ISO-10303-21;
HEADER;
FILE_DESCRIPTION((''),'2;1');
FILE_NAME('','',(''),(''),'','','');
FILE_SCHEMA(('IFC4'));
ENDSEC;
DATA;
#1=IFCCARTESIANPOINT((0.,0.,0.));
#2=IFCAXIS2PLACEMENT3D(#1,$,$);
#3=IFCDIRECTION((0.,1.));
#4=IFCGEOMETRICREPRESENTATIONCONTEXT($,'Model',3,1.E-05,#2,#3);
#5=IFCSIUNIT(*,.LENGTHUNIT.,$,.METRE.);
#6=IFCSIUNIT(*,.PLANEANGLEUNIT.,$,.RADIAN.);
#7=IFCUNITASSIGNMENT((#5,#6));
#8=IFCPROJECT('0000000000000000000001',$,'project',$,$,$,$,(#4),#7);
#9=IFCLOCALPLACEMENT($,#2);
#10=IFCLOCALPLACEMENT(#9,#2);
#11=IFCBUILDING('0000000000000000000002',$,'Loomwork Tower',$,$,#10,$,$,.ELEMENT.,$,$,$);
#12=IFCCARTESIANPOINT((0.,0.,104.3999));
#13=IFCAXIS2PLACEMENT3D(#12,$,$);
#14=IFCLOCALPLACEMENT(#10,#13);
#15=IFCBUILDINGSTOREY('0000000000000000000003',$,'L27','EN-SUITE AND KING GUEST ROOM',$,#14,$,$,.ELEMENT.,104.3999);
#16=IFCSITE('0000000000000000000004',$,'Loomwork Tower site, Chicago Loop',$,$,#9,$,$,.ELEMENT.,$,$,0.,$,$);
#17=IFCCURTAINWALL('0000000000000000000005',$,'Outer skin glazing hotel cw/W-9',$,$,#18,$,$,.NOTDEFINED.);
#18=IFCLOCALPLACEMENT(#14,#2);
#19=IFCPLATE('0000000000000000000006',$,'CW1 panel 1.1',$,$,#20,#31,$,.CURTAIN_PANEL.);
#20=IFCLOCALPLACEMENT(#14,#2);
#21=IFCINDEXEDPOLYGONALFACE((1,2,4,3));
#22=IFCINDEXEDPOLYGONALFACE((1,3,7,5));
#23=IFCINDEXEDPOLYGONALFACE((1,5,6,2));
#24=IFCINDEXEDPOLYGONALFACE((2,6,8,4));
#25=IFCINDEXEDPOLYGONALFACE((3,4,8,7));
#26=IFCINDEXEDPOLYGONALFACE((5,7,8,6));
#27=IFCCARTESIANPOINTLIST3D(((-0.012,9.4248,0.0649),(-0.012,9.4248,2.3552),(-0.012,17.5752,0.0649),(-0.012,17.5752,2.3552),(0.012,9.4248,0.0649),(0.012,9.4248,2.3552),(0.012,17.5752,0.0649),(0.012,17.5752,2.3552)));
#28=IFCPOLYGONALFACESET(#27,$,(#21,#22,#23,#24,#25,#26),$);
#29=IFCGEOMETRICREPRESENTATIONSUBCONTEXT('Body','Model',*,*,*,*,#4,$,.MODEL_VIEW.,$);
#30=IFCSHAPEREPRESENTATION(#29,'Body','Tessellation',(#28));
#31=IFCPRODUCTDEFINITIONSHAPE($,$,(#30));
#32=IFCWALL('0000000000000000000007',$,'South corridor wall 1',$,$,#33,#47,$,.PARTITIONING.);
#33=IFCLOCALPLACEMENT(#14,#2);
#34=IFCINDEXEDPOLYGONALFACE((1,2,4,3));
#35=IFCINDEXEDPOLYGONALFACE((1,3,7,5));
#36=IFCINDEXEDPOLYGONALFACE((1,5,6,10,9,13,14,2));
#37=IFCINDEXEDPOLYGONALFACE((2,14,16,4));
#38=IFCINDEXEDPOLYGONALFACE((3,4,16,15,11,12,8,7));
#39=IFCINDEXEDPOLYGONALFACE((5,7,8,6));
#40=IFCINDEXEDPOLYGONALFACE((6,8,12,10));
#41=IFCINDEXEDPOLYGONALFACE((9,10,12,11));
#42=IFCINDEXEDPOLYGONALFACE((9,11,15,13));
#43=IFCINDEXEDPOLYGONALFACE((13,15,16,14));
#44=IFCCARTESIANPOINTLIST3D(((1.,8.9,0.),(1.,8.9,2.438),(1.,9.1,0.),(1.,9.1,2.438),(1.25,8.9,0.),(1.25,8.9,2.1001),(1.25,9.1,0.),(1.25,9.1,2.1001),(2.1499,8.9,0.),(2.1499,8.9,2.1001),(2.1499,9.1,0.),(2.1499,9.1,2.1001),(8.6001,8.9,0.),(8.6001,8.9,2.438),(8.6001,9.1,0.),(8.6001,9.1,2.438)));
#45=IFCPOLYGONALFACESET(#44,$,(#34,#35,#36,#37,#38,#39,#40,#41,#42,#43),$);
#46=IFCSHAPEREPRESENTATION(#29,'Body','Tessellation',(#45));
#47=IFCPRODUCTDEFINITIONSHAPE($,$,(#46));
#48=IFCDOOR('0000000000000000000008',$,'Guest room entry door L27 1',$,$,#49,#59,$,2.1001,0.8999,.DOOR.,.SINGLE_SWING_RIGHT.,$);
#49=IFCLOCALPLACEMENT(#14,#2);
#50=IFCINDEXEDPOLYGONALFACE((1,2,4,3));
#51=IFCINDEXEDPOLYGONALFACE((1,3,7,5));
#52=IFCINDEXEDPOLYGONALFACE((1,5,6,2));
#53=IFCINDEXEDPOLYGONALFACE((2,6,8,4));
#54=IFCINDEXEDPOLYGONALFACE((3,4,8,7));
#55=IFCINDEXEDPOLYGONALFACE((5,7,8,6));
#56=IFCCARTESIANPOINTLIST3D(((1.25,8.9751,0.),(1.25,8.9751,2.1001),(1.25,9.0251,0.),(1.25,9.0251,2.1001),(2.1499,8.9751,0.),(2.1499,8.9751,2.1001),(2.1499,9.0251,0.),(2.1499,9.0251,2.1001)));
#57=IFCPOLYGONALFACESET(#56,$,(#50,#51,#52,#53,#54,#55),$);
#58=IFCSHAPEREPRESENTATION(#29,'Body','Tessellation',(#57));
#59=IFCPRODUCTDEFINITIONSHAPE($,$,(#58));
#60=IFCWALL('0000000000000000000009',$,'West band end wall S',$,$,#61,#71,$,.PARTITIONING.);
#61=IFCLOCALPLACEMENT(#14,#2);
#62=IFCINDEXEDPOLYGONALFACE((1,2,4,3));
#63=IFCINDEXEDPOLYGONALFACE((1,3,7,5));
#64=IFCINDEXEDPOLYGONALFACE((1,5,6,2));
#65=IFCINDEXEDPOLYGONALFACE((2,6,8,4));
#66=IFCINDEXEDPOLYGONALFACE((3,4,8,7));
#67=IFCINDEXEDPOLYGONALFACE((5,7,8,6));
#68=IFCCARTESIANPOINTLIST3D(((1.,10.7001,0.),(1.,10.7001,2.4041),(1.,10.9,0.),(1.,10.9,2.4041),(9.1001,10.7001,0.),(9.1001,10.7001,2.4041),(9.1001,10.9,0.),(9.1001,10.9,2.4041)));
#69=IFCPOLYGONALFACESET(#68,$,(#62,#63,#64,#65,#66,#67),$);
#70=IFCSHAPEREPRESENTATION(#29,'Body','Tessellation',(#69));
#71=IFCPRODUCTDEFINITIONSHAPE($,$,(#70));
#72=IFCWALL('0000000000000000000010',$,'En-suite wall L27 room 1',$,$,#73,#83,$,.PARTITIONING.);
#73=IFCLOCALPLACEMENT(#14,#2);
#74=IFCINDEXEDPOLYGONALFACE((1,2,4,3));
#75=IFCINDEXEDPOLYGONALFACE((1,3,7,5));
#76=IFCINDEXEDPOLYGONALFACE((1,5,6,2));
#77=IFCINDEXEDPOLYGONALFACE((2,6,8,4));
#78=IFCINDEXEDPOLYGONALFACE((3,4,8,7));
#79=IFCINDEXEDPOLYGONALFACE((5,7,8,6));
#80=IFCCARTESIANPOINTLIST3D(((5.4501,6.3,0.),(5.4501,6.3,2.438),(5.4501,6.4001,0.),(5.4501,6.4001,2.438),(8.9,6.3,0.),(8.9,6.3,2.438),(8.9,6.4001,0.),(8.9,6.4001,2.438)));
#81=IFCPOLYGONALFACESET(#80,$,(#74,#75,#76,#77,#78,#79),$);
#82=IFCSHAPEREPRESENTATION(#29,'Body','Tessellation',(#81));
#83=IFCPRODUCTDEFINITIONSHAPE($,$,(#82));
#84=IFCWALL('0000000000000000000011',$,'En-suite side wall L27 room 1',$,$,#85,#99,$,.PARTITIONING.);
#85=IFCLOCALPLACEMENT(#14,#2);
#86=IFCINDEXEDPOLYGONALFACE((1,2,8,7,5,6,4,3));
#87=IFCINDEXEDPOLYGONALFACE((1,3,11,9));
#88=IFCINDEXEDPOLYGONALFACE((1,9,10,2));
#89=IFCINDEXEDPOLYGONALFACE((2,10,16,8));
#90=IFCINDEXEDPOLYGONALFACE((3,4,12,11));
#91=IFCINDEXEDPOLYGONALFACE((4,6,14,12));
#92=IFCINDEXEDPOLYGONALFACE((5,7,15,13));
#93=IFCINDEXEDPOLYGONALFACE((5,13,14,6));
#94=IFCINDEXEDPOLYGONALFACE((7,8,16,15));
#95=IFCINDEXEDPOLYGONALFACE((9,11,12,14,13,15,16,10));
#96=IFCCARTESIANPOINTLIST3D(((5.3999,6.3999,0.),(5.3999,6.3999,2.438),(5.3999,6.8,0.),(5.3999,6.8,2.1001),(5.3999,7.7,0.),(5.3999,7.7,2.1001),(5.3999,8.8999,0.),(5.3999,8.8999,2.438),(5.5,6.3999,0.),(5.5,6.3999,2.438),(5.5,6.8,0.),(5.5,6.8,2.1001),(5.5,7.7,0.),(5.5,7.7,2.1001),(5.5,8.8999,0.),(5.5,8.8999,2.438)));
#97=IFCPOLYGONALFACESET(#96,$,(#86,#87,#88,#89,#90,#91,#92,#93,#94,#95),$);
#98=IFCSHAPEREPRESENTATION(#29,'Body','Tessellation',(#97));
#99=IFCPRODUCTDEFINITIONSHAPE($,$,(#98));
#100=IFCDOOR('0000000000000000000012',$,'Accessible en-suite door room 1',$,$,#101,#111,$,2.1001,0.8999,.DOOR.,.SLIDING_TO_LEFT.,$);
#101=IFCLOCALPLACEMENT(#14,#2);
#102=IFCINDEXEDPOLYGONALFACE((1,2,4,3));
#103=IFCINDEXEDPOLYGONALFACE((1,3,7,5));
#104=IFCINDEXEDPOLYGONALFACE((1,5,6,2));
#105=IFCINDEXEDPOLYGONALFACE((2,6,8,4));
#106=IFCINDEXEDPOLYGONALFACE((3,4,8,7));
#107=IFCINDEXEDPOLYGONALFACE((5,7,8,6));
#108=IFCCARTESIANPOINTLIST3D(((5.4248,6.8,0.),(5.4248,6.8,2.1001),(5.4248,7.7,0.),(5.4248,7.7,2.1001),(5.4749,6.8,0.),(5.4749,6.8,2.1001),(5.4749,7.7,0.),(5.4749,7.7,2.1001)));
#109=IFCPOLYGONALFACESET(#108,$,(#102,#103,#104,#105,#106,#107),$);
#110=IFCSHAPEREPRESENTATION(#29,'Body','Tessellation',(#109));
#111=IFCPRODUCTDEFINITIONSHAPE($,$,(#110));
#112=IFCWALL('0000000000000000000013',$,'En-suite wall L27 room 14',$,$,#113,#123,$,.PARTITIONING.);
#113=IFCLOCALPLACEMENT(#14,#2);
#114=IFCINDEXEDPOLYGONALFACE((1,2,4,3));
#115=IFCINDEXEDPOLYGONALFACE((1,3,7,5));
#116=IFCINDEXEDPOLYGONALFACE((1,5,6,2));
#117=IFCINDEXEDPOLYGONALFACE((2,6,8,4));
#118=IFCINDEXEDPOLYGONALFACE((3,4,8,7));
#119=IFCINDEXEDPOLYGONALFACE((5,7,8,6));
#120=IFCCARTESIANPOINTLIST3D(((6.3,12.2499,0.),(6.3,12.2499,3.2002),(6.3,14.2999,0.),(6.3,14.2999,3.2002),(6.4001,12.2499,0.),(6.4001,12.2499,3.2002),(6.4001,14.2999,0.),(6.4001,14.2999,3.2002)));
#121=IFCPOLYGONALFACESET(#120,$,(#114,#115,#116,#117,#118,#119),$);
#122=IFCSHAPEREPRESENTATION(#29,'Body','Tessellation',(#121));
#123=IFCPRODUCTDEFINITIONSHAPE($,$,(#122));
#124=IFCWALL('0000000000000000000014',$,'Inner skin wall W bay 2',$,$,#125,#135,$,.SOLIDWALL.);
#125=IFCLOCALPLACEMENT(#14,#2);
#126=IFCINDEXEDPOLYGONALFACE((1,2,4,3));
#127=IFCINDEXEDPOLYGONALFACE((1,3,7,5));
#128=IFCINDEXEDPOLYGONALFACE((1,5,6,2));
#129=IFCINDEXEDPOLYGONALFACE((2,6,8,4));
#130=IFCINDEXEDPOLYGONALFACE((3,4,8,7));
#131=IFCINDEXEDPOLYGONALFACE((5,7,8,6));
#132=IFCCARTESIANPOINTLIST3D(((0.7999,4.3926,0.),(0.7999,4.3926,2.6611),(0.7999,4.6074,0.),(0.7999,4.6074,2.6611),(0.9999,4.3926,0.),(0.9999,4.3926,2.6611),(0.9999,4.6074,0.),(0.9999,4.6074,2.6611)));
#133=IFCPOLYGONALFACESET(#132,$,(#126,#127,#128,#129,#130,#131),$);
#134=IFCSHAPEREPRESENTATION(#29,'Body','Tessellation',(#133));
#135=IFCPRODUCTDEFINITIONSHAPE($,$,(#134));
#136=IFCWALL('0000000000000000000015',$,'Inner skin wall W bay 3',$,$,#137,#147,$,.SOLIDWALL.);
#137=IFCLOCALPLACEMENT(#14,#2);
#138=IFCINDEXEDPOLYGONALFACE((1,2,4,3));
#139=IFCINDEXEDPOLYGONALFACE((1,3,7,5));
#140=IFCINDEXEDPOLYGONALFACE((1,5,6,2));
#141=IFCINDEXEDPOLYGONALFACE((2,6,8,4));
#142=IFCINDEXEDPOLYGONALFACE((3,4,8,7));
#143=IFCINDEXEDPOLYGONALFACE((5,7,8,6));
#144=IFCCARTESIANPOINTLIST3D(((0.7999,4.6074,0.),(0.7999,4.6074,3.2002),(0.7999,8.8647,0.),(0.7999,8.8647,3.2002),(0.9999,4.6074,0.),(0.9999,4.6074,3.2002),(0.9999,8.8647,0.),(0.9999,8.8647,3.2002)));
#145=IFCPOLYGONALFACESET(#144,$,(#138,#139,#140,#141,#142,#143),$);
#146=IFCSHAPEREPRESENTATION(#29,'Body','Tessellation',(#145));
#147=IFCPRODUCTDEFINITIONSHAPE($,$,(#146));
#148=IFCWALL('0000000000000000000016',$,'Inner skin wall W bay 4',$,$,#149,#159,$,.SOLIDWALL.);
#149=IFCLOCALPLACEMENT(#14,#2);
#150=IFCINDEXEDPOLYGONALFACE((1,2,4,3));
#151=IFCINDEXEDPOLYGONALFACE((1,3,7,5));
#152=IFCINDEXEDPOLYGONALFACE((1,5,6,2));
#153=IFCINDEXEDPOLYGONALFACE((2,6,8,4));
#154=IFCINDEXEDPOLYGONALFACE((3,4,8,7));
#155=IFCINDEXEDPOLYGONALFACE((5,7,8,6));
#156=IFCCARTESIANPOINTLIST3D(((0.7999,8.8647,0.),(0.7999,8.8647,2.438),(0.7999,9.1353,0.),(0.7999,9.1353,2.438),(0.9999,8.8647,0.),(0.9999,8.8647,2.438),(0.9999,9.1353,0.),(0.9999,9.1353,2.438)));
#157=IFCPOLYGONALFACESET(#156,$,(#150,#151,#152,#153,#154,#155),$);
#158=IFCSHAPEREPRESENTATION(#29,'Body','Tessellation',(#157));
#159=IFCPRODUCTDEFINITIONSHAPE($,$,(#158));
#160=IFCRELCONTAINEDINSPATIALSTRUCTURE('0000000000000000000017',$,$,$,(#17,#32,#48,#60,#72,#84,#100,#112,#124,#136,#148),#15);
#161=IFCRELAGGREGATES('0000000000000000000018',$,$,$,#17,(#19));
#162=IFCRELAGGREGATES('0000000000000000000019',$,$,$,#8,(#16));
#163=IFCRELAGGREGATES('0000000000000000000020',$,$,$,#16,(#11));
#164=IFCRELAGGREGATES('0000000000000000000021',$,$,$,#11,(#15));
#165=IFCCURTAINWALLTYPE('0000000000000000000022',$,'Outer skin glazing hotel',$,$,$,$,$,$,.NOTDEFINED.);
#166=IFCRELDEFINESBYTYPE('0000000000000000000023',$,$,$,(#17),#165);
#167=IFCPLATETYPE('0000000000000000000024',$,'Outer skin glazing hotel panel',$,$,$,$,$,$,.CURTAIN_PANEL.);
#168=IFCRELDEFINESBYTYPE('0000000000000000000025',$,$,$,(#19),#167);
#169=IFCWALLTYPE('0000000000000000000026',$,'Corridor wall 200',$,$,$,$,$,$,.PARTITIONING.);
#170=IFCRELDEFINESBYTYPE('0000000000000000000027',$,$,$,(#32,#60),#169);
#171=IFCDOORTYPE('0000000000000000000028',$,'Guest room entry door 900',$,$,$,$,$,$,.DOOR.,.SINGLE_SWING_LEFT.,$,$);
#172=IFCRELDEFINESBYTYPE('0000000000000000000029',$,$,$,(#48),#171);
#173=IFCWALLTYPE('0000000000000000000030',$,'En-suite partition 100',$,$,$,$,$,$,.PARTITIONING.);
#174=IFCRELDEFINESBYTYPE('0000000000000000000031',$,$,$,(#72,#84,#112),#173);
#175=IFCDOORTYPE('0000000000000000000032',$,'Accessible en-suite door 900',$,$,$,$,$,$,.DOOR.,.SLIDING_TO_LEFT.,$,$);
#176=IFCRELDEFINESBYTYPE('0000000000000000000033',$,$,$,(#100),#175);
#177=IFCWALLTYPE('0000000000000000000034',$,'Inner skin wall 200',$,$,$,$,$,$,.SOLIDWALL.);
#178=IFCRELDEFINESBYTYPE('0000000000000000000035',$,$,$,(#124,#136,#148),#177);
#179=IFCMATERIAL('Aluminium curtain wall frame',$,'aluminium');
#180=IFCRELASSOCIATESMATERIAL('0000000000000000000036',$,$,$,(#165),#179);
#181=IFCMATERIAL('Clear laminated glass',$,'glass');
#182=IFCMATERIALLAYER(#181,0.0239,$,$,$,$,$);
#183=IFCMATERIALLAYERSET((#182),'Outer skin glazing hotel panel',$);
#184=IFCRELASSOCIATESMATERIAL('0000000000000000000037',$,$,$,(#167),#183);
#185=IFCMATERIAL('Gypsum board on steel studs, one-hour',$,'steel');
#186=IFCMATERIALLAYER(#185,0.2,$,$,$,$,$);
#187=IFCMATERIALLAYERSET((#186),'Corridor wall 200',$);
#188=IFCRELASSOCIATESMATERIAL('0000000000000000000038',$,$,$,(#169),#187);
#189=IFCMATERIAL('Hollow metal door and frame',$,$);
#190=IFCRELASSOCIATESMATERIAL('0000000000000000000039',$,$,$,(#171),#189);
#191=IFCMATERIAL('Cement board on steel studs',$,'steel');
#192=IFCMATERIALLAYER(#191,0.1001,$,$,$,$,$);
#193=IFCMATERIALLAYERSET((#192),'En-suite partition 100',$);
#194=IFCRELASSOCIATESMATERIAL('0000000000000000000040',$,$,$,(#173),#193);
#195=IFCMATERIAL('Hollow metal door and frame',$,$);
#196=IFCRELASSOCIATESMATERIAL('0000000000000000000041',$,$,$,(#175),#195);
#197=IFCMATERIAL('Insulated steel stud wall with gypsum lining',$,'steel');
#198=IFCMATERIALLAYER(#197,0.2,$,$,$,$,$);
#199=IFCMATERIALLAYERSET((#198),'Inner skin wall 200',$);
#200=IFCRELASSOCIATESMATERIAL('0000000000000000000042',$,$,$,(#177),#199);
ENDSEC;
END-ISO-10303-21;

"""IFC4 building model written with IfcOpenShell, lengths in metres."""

from ifc_helpers import new_model, si_unit, direction, frame, frame_2d, origin, origin_2d, place, context, subcontext, project, spatial, rectangle, extrude, material, layer, layer_set, type_object, element, fill, aggregate, save


model = new_model("IFC4")

# Units and contexts
model_context = context("Model", 3, precision=1e-05, world=origin(), true_north=direction((0.0, 1.0)))
body_context = subcontext(model_context, "Body", "Model", "MODEL_VIEW")
ifc_project = project(units=[si_unit("LENGTHUNIT", "METRE"), si_unit("PLANEANGLEUNIT", "RADIAN")], contexts=[model_context])

# Site, building, storey
site_placement = place(None, origin())
site = spatial("IfcSite", under=ifc_project, at=site_placement, Name="Loomwork Tower site, Chicago Loop", CompositionType="ELEMENT", RefElevation=0.0)
building_placement = place(site_placement, origin())
building = spatial("IfcBuilding", under=site, at=building_placement, Name="Loomwork Tower", CompositionType="ELEMENT")
storey_placement = place(building_placement, frame((0.0, 0.0, 104.3999)))
storey = spatial("IfcBuildingStorey", under=building, at=storey_placement, Name="L27", Description="EN-SUITE AND KING GUEST ROOM", CompositionType="ELEMENT", Elevation=104.3999)

# Curtain wall
ifc_material_1 = material(Name="Aluminium curtain wall frame", Category="aluminium")
curtain_wall_type = type_object("IfcCurtainWallType", Name="Outer skin glazing hotel", PredefinedType="NOTDEFINED", material=ifc_material_1)
curtain_wall_1_placement = place(storey_placement, origin())
curtain_wall_1 = element("IfcCurtainWall", 1, at=curtain_wall_1_placement, inside=storey, type_object=curtain_wall_type, Name="Outer skin glazing hotel cw/W-9", PredefinedType="NOTDEFINED")

# Plate
ifc_material_2 = material(Name="Clear laminated glass", Category="glass")
ifc_layer_1 = layer(ifc_material_2, 0.0239)
ifc_layer_set_1 = layer_set([ifc_layer_1], Name="Outer skin glazing hotel panel")
plate_type = type_object("IfcPlateType", Name="Outer skin glazing hotel panel", PredefinedType="CURTAIN_PANEL", material=ifc_layer_set_1)
plate_1_placement = place(storey_placement, frame((0.0, 13.5, 0.0649), z_axis=(0.0, 0.0, 1.0), x_axis=(0.0, -1.0, 0.0)))
plate_1 = element("IfcPlate", 2, at=plate_1_placement, type_object=plate_type, Name="CW1 panel 1.1", PredefinedType="CURTAIN_PANEL", context=body_context, shape_type="SweptSolid", body=[
    extrude(rectangle(XDim=8.1504, YDim=0.0239, at=origin_2d()), origin(), (0.0, 0.0, 1.0), 2.2903),
])
aggregate(curtain_wall_1, [plate_1])

# Wall, opening, door
ifc_material_3 = material(Name="Gypsum board on steel studs, one-hour", Category="steel")
ifc_layer_2 = layer(ifc_material_3, 0.2)
ifc_layer_set_2 = layer_set([ifc_layer_2], Name="Corridor wall 200")
wall_type_1 = type_object("IfcWallType", Name="Corridor wall 200", PredefinedType="PARTITIONING", material=ifc_layer_set_2)
wall_1_placement = place(storey_placement, frame((1.0, 9.0, 0.0), z_axis=(0.0, 0.0, 1.0), x_axis=(1.0, 0.0, 0.0)))
wall_1 = element("IfcWall", 3, at=wall_1_placement, inside=storey, type_object=wall_type_1, Name="South corridor wall 1", PredefinedType="PARTITIONING", context=body_context, shape_type="SweptSolid", body=[
    extrude(rectangle(XDim=7.6001, YDim=0.2, at=frame_2d((3.8, 0.0))), origin(), (0.0, 0.0, 1.0), 2.438),
])
opening_1_placement = place(wall_1_placement, frame((0.25, 0.0, 0.0)))
opening_1 = element("IfcOpeningElement", 4, at=opening_1_placement, cuts=wall_1, PredefinedType="OPENING", context=body_context, shape_type="SweptSolid", body=[
    extrude(rectangle(XDim=0.8999, YDim=2.1001, at=frame_2d((0.45, 1.05))), frame((0.0, 0.1099, 0.0), z_axis=(0.0, -1.0, 0.0), x_axis=(1.0, 0.0, 0.0)), (0.0, 0.0, 1.0), 0.22),
])
ifc_material_4 = material(Name="Hollow metal door and frame")
door_type_1 = type_object("IfcDoorType", Name="Guest room entry door 900", OperationType="SINGLE_SWING_LEFT", PredefinedType="DOOR", material=ifc_material_4)
door_1_placement = place(opening_1_placement, frame((0.8999, 0.0, 0.0), z_axis=(0.0, 0.0, 1.0), x_axis=(-1.0, 0.0, 0.0)))
door_1 = element("IfcDoor", 5, at=door_1_placement, inside=storey, type_object=door_type_1, Name="Guest room entry door L27 1", OperationType="SINGLE_SWING_RIGHT", OverallHeight=2.1001, OverallWidth=0.8999, PredefinedType="DOOR", context=body_context, shape_type="SweptSolid", body=[
    extrude(rectangle(XDim=0.8999, YDim=2.1001, at=frame_2d((0.45, 1.05))), frame((0.0, 0.0249, 0.0), z_axis=(0.0, -1.0, 0.0), x_axis=(1.0, 0.0, 0.0)), (0.0, 0.0, 1.0), 0.05),
])
fill(opening_1, door_1)

# Walls
wall_2_placement = place(storey_placement, frame((1.0, 10.8, 0.0), z_axis=(0.0, 0.0, 1.0), x_axis=(1.0, 0.0, 0.0)))
element("IfcWall", 6, at=wall_2_placement, inside=storey, type_object=wall_type_1, Name="West band end wall S", PredefinedType="PARTITIONING", context=body_context, shape_type="SweptSolid", body=[
    extrude(rectangle(XDim=8.1001, YDim=0.2, at=frame_2d((4.05, 0.0))), origin(), (0.0, 0.0, 1.0), 2.4041),
])
ifc_material_5 = material(Name="Cement board on steel studs", Category="steel")
ifc_layer_3 = layer(ifc_material_5, 0.1001)
ifc_layer_set_3 = layer_set([ifc_layer_3], Name="En-suite partition 100")
wall_type_2 = type_object("IfcWallType", Name="En-suite partition 100", PredefinedType="PARTITIONING", material=ifc_layer_set_3)
wall_3_placement = place(storey_placement, frame((5.45, 6.3501, 0.0), z_axis=(0.0, 0.0, 1.0), x_axis=(1.0, 0.0, 0.0)))
element("IfcWall", 7, at=wall_3_placement, inside=storey, type_object=wall_type_2, Name="En-suite wall L27 room 1", PredefinedType="PARTITIONING", context=body_context, shape_type="SweptSolid", body=[
    extrude(rectangle(XDim=3.45, YDim=0.1001, at=frame_2d((1.7251, 0.0))), origin(), (0.0, 0.0, 1.0), 2.438),
])

# Wall, opening, door
wall_4_placement = place(storey_placement, frame((5.45, 8.8999, 0.0), z_axis=(0.0, 0.0, 1.0), x_axis=(0.0, -1.0, 0.0)))
wall_4 = element("IfcWall", 8, at=wall_4_placement, inside=storey, type_object=wall_type_2, Name="En-suite side wall L27 room 1", PredefinedType="PARTITIONING", context=body_context, shape_type="SweptSolid", body=[
    extrude(rectangle(XDim=2.5, YDim=0.1001, at=frame_2d((1.25, 0.0))), origin(), (0.0, 0.0, 1.0), 2.438),
])
opening_2_placement = place(wall_4_placement, frame((1.2, 0.0, 0.0)))
opening_2 = element("IfcOpeningElement", 9, at=opening_2_placement, cuts=wall_4, PredefinedType="OPENING", context=body_context, shape_type="SweptSolid", body=[
    extrude(rectangle(XDim=0.8999, YDim=2.1001, at=frame_2d((0.45, 1.05))), frame((0.0, 0.0601, 0.0), z_axis=(0.0, -1.0, 0.0), x_axis=(1.0, 0.0, 0.0)), (0.0, 0.0, 1.0), 0.1201),
])
ifc_material_6 = material(Name="Hollow metal door and frame")
door_type_2 = type_object("IfcDoorType", Name="Accessible en-suite door 900", OperationType="SLIDING_TO_LEFT", PredefinedType="DOOR", material=ifc_material_6)
door_2_placement = place(opening_2_placement, origin())
door_2 = element("IfcDoor", 10, at=door_2_placement, inside=storey, type_object=door_type_2, Name="Accessible en-suite door room 1", OperationType="SLIDING_TO_LEFT", OverallHeight=2.1001, OverallWidth=0.8999, PredefinedType="DOOR", context=body_context, shape_type="SweptSolid", body=[
    extrude(rectangle(XDim=0.8999, YDim=2.1001, at=frame_2d((0.45, 1.05))), frame((0.0, 0.0249, 0.0), z_axis=(0.0, -1.0, 0.0), x_axis=(1.0, 0.0, 0.0)), (0.0, 0.0, 1.0), 0.05),
])
fill(opening_2, door_2)

# Walls
wall_5_placement = place(storey_placement, frame((6.3501, 12.25, 0.0), z_axis=(0.0, 0.0, 1.0), x_axis=(0.0, 1.0, 0.0)))
element("IfcWall", 11, at=wall_5_placement, inside=storey, type_object=wall_type_2, Name="En-suite wall L27 room 14", PredefinedType="PARTITIONING", context=body_context, shape_type="SweptSolid", body=[
    extrude(rectangle(XDim=2.05, YDim=0.1001, at=frame_2d((1.0249, 0.0))), origin(), (0.0, 0.0, 1.0), 3.2002),
])
ifc_material_7 = material(Name="Insulated steel stud wall with gypsum lining", Category="steel")
ifc_layer_4 = layer(ifc_material_7, 0.2)
ifc_layer_set_4 = layer_set([ifc_layer_4], Name="Inner skin wall 200")
wall_type_3 = type_object("IfcWallType", Name="Inner skin wall 200", PredefinedType="SOLIDWALL", material=ifc_layer_set_4)
wall_6_placement = place(storey_placement, frame((0.8999, 4.3926, 0.0), z_axis=(0.0, 0.0, 1.0), x_axis=(0.0, 1.0, 0.0)))
element("IfcWall", 12, at=wall_6_placement, inside=storey, type_object=wall_type_3, Name="Inner skin wall W bay 2", PredefinedType="SOLIDWALL", context=body_context, shape_type="SweptSolid", body=[
    extrude(rectangle(XDim=0.2148, YDim=0.2, at=frame_2d((0.1074, 0.0))), origin(), (0.0, 0.0, 1.0), 2.6611),
])
wall_7_placement = place(storey_placement, frame((0.8999, 4.6074, 0.0), z_axis=(0.0, 0.0, 1.0), x_axis=(0.0, 1.0, 0.0)))
element("IfcWall", 13, at=wall_7_placement, inside=storey, type_object=wall_type_3, Name="Inner skin wall W bay 3", PredefinedType="SOLIDWALL", context=body_context, shape_type="SweptSolid", body=[
    extrude(rectangle(XDim=4.2573, YDim=0.2, at=frame_2d((2.1287, 0.0))), origin(), (0.0, 0.0, 1.0), 3.2002),
])
wall_8_placement = place(storey_placement, frame((0.8999, 8.8647, 0.0), z_axis=(0.0, 0.0, 1.0), x_axis=(0.0, 1.0, 0.0)))
element("IfcWall", 14, at=wall_8_placement, inside=storey, type_object=wall_type_3, Name="Inner skin wall W bay 4", PredefinedType="SOLIDWALL", context=body_context, shape_type="SweptSolid", body=[
    extrude(rectangle(XDim=0.2705, YDim=0.2, at=frame_2d((0.1353, 0.0))), origin(), (0.0, 0.0, 1.0), 2.438),
])

save(model, "model.ifc")
